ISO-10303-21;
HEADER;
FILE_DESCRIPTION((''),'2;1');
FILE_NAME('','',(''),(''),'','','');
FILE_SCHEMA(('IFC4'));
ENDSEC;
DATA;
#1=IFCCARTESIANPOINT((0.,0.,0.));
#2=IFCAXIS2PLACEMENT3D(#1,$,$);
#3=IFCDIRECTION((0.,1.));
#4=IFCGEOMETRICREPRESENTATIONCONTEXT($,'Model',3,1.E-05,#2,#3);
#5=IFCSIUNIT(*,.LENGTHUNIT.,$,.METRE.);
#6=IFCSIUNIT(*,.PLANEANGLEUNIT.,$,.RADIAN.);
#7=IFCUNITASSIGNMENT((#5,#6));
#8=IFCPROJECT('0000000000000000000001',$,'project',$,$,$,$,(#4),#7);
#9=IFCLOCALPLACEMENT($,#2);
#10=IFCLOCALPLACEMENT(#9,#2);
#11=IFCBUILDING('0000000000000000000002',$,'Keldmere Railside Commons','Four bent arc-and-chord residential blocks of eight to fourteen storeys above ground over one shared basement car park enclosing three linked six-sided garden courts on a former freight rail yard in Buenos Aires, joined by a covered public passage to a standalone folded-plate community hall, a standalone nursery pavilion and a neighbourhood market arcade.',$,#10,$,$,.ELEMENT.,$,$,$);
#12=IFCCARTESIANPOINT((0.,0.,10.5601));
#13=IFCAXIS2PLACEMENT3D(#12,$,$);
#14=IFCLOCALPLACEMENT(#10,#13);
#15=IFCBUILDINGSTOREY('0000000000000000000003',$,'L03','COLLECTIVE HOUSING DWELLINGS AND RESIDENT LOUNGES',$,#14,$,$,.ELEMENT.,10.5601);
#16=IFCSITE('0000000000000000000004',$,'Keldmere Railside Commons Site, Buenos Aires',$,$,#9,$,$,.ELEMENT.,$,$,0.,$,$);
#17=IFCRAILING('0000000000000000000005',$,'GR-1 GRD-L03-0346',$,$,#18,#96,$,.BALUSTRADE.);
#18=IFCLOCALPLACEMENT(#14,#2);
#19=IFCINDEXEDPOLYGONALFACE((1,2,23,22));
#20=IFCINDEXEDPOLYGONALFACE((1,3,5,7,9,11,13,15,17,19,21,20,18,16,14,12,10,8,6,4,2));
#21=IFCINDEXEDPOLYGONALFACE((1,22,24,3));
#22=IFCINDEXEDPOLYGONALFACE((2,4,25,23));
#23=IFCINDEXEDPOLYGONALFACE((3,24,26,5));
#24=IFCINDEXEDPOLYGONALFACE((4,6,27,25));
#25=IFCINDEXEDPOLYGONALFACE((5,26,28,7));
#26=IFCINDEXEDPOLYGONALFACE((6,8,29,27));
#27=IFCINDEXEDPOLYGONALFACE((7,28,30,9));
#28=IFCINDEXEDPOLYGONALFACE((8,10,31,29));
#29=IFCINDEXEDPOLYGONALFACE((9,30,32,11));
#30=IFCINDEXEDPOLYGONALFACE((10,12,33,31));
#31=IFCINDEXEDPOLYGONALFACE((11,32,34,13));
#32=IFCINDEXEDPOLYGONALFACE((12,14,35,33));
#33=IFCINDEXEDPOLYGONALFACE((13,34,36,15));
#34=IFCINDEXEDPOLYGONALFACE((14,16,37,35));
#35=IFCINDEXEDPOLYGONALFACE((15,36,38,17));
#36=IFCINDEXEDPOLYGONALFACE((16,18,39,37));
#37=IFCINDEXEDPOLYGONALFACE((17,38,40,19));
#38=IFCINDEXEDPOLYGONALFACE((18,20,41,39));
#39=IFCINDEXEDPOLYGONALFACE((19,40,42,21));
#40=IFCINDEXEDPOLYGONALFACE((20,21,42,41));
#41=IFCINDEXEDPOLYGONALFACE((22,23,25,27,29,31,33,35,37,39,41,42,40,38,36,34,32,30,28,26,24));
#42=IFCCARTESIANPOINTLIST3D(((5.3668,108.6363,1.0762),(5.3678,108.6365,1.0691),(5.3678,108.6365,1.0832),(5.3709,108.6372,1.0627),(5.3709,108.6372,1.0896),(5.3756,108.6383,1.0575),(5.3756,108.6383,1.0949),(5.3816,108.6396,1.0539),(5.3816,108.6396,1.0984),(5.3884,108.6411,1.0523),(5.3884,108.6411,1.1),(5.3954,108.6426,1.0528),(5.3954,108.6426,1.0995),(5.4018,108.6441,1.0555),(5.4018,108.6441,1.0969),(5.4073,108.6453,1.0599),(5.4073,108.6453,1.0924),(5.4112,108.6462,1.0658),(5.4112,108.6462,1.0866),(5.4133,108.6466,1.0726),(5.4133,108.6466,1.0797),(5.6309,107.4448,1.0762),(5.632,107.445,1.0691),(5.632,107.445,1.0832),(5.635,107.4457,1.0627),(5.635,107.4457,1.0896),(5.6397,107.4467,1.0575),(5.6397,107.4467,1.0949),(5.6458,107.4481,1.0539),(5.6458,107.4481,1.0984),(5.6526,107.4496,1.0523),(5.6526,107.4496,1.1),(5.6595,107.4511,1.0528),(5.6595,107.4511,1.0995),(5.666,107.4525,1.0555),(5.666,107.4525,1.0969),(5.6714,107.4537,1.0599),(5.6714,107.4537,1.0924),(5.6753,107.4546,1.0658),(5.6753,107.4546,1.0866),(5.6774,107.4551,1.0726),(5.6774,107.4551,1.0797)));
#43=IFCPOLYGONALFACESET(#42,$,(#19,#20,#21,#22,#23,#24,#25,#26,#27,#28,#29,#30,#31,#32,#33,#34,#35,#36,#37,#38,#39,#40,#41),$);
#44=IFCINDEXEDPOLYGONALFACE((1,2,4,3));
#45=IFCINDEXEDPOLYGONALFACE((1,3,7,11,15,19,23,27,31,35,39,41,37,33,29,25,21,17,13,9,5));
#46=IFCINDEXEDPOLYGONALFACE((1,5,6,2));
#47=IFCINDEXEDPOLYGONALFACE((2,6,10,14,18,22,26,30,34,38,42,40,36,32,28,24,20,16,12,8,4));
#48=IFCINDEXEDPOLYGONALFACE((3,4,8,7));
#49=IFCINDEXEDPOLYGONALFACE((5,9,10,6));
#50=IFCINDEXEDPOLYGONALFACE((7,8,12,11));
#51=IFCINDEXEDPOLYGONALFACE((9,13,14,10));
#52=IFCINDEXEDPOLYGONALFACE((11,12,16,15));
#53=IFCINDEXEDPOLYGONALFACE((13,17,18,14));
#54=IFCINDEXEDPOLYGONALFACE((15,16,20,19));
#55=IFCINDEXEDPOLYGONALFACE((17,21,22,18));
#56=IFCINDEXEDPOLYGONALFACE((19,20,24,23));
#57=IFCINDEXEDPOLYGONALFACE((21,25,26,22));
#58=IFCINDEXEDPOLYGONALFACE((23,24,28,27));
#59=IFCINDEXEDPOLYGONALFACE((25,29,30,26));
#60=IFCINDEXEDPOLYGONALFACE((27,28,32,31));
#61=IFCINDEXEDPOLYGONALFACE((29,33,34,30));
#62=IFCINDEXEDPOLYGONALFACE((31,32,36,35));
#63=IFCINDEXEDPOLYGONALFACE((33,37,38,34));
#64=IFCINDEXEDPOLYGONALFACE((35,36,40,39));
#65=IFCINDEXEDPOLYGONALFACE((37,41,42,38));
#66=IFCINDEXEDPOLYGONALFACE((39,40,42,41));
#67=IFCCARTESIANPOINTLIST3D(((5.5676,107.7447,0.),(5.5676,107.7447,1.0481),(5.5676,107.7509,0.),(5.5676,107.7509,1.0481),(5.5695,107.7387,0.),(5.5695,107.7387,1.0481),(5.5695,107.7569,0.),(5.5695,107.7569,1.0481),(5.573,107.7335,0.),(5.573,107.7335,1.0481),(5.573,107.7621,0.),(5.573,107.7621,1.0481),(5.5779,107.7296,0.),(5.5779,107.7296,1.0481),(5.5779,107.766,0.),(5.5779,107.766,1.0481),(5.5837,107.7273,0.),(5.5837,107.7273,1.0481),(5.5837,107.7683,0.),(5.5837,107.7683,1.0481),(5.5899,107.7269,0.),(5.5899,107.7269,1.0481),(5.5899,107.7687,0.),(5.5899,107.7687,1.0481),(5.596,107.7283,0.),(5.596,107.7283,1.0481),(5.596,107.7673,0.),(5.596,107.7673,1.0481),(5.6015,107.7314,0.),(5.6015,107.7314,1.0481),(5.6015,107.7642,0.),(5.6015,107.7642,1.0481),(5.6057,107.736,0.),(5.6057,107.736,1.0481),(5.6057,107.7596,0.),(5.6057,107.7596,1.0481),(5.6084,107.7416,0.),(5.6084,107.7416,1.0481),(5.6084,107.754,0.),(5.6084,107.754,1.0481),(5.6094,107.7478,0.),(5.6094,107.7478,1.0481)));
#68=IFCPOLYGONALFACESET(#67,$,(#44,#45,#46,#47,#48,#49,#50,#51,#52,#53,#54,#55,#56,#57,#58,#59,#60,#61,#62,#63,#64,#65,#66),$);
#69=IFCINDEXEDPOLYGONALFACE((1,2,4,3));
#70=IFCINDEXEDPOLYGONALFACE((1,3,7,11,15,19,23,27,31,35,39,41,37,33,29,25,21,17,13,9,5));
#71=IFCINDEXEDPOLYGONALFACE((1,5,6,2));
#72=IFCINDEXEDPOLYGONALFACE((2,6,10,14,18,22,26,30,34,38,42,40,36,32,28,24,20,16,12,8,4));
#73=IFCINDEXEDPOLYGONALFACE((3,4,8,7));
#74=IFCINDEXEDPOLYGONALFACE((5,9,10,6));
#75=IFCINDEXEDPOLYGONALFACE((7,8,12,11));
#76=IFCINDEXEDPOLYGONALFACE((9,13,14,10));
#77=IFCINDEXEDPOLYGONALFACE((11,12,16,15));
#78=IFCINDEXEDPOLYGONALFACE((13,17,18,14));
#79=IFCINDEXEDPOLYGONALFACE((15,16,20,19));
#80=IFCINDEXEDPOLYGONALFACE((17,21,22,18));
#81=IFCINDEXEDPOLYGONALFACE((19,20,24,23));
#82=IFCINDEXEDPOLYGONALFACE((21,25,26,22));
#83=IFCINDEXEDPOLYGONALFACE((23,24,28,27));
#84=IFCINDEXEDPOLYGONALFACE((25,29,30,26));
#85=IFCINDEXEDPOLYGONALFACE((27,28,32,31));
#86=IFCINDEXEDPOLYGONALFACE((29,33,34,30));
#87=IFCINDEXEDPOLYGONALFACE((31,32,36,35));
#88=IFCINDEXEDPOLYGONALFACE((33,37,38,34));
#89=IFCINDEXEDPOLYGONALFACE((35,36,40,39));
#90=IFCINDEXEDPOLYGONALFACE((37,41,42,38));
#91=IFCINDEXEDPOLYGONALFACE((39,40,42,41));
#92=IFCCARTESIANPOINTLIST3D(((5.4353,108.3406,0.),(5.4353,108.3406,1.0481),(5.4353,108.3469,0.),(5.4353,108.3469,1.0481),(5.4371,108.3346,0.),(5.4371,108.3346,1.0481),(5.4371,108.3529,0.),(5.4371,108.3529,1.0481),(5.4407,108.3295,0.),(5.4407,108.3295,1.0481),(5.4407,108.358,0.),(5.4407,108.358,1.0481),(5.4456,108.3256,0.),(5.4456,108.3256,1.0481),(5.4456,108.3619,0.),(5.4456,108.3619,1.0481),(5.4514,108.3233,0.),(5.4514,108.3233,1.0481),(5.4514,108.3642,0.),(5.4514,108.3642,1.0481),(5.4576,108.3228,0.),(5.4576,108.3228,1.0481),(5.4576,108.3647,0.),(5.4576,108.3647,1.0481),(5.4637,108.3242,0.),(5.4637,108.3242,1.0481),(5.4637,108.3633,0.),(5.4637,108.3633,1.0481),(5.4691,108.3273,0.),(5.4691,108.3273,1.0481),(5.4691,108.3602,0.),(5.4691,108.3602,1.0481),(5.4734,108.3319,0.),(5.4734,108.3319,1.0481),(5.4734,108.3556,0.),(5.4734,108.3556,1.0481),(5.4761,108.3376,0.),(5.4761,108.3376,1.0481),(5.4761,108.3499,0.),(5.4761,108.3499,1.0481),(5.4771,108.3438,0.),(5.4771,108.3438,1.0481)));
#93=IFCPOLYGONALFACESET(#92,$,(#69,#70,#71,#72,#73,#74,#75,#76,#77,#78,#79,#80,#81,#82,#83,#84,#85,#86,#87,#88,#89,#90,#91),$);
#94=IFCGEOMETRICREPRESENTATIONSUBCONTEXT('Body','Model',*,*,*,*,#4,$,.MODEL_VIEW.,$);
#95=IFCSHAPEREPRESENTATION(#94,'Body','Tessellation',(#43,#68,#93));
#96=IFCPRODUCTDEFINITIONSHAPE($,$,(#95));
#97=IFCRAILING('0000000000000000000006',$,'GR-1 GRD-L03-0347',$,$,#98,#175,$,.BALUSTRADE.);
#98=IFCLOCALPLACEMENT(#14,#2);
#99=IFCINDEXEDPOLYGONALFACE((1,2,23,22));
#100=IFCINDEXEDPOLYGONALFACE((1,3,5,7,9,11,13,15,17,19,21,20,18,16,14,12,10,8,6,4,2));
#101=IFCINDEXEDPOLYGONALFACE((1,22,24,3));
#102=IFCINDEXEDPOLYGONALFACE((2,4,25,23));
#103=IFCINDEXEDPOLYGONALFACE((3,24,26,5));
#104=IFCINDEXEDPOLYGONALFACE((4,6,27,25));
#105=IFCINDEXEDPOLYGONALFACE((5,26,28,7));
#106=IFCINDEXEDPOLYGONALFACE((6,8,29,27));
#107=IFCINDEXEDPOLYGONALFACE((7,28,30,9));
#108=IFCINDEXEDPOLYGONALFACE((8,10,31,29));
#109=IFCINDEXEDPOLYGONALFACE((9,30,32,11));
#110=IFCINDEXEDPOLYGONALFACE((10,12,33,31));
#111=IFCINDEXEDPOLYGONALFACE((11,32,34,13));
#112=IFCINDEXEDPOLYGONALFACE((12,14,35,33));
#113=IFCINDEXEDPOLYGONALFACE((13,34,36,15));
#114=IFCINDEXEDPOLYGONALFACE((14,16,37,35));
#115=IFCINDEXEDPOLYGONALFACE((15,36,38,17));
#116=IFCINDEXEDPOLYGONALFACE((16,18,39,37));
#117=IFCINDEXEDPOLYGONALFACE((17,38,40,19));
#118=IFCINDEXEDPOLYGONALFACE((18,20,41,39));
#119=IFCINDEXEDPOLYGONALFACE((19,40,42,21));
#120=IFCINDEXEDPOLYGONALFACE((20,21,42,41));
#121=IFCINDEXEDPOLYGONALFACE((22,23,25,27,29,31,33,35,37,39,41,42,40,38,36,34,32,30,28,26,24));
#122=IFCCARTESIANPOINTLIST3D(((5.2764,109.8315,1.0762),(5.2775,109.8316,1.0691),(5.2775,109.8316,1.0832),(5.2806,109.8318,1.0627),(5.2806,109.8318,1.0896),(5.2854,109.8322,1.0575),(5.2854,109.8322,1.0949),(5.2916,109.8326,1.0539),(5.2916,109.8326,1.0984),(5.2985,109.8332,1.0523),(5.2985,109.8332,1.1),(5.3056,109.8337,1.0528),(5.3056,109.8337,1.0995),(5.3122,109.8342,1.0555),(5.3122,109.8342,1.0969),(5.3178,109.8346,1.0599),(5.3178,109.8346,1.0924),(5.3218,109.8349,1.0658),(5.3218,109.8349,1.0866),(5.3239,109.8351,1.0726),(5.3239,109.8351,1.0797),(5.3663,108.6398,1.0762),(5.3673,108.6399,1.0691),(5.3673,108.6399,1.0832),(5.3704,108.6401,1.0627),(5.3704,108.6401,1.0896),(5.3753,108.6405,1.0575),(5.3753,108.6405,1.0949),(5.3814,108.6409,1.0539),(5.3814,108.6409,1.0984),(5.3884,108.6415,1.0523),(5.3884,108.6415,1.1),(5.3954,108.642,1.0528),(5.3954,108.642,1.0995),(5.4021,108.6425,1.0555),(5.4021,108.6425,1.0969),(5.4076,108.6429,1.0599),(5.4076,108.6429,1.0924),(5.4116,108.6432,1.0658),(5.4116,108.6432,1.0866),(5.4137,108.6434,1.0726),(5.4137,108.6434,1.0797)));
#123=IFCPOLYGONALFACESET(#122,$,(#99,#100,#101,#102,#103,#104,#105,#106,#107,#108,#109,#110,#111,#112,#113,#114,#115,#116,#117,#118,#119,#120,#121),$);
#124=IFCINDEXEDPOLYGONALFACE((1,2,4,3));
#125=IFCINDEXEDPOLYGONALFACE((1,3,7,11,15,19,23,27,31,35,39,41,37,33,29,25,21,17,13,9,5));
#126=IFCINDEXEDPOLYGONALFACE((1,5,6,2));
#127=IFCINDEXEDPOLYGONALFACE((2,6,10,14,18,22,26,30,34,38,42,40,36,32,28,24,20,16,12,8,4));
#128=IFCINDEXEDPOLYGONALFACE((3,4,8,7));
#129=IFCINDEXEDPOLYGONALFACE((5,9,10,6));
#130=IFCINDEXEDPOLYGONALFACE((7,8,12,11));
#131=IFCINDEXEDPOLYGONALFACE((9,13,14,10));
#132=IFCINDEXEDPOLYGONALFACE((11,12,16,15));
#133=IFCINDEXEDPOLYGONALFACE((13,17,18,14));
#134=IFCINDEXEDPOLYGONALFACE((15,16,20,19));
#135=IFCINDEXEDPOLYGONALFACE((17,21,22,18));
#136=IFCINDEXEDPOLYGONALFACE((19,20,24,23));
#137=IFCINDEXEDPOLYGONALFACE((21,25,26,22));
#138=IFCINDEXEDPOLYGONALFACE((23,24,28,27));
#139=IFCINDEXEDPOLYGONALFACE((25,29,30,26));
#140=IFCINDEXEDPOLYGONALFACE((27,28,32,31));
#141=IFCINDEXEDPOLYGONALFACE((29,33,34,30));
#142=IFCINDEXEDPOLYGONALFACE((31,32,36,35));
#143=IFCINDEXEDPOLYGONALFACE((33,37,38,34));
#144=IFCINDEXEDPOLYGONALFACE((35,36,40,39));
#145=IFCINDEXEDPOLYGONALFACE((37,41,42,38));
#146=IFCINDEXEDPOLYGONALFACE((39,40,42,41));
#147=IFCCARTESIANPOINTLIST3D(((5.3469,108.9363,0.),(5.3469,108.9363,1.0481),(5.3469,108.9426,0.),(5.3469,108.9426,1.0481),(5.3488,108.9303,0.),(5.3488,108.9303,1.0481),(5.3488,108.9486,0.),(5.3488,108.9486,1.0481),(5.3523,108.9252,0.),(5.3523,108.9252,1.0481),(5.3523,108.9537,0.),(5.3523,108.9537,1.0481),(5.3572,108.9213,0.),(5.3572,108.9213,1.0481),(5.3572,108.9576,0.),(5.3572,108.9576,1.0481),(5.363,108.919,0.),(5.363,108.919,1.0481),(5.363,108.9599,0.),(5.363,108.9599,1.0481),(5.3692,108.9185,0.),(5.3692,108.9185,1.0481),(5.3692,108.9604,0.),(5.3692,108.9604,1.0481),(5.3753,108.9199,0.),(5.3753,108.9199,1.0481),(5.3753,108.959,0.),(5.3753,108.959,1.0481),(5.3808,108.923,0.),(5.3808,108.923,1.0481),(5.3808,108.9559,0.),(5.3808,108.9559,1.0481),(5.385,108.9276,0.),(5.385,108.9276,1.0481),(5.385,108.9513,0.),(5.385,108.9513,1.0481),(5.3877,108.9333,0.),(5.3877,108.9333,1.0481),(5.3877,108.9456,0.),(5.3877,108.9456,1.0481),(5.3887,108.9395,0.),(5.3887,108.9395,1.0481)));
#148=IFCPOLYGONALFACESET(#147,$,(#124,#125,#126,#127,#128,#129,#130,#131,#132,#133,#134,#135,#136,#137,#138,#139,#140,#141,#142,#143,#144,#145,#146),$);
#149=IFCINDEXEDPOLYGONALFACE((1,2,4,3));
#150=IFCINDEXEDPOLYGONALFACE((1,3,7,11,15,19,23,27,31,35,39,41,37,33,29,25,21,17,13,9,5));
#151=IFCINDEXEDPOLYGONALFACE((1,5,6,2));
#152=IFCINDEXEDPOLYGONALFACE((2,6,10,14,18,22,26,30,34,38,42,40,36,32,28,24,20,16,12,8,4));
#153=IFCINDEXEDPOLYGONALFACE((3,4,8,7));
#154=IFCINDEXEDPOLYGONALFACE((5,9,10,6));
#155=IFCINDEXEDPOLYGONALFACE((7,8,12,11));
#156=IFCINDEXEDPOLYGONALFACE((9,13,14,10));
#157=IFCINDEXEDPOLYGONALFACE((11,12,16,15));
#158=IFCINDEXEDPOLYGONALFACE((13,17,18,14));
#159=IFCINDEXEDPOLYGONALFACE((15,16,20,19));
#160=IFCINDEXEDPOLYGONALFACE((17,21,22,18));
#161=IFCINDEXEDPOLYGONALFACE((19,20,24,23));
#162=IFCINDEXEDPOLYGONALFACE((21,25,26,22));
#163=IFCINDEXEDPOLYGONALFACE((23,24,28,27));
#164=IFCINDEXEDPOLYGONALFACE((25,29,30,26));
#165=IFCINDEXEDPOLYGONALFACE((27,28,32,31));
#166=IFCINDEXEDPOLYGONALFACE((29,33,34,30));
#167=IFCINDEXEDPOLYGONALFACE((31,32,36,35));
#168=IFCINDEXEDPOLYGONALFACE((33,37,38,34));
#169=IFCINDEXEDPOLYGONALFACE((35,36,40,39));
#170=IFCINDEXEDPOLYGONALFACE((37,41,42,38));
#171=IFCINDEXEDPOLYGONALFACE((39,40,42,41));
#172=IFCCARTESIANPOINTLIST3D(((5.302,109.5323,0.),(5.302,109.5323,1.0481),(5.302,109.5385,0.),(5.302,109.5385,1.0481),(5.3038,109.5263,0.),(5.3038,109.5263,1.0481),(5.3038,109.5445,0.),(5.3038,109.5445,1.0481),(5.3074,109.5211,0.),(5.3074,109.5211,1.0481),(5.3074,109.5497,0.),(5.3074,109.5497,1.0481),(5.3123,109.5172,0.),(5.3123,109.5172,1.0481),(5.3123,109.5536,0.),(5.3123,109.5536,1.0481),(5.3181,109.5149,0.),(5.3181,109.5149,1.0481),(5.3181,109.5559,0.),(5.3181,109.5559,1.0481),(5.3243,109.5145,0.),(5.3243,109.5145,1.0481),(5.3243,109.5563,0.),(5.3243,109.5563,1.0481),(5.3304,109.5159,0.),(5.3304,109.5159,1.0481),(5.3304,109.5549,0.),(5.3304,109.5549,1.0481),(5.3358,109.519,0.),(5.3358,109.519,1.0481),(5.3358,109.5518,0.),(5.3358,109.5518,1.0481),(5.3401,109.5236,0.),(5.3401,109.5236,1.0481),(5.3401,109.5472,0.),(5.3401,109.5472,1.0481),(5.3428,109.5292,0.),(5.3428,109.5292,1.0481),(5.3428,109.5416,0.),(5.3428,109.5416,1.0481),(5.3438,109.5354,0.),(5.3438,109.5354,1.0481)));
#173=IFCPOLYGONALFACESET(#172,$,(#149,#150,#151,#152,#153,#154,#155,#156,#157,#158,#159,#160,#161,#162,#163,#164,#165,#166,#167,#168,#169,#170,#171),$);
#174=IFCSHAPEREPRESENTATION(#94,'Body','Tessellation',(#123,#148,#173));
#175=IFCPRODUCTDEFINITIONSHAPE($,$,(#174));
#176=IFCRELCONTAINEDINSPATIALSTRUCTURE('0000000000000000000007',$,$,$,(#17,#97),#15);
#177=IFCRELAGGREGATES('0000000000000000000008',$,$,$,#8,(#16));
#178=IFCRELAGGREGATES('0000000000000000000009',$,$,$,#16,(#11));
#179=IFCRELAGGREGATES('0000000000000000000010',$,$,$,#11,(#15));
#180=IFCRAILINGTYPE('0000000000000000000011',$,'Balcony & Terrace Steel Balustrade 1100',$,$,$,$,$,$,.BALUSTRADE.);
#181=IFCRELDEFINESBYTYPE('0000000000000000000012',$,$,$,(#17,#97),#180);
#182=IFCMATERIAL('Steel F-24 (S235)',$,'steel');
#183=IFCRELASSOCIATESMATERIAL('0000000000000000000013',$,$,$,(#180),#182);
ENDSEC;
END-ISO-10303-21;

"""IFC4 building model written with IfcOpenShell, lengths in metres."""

from ifc_helpers import new_model, si_unit, direction, frame, origin, origin_2d, place, context, subcontext, project, spatial, circle, extrude, material, type_object, element, save


model = new_model("IFC4")

# Units and contexts
model_context = context("Model", 3, precision=1e-05, world=origin(), true_north=direction((0.0, 1.0)))
body_context = subcontext(model_context, "Body", "Model", "MODEL_VIEW")
ifc_project = project(units=[si_unit("LENGTHUNIT", "METRE"), si_unit("PLANEANGLEUNIT", "RADIAN")], contexts=[model_context])

# Site, building, storey
site_placement = place(None, origin())
site = spatial("IfcSite", under=ifc_project, at=site_placement, Name="Keldmere Railside Commons Site, Buenos Aires", CompositionType="ELEMENT", RefElevation=0.0)
building_placement = place(site_placement, origin())
building = spatial("IfcBuilding", under=site, at=building_placement, Name="Keldmere Railside Commons", Description="Four bent arc-and-chord residential blocks of eight to fourteen storeys above ground over one shared basement car park enclosing three linked six-sided garden courts on a former freight rail yard in Buenos Aires, joined by a covered public passage to a standalone folded-plate community hall, a standalone nursery pavilion and a neighbourhood market arcade.", CompositionType="ELEMENT")
storey_placement = place(building_placement, frame((0.0, 0.0, 10.5601)))
storey = spatial("IfcBuildingStorey", under=building, at=storey_placement, Name="L03", Description="COLLECTIVE HOUSING DWELLINGS AND RESIDENT LOUNGES", CompositionType="ELEMENT", Elevation=10.5601)

# Railings
ifc_material_1 = material(Name="Steel F-24 (S235)", Category="steel")
railing_type = type_object("IfcRailingType", Name="Balcony & Terrace Steel Balustrade 1100", PredefinedType="BALUSTRADE", material=ifc_material_1)
railing_1_placement = place(storey_placement, frame((5.6543, 107.45, 0.0)))
element("IfcRailing", 1, at=railing_1_placement, inside=storey, type_object=railing_type, Name="GR-1 GRD-L03-0346", PredefinedType="BALUSTRADE", context=body_context, shape_type="SweptSolid", body=[
    extrude(circle(Radius=0.0239, at=origin_2d()), frame((0.0, 0.0, 1.0762), z_axis=(-0.216422, 0.9763, 0.0), x_axis=(-0.9763, -0.216422, 0.0)), (0.0, 0.0, 1.0), 1.2205),
    extrude(circle(Radius=0.021, at=origin_2d()), frame((-0.0659, 0.2979, 0.0)), (0.0, 0.0, 1.0), 1.0481),
    extrude(circle(Radius=0.021, at=origin_2d()), frame((-0.1982, 0.8938, 0.0)), (0.0, 0.0, 1.0), 1.0481),
])
railing_2_placement = place(storey_placement, frame((5.3901, 108.6416, 0.0)))
element("IfcRailing", 2, at=railing_2_placement, inside=storey, type_object=railing_type, Name="GR-1 GRD-L03-0347", PredefinedType="BALUSTRADE", context=body_context, shape_type="SweptSolid", body=[
    extrude(circle(Radius=0.0239, at=origin_2d()), frame((0.0, 0.0, 1.0762), z_axis=(-0.075181, 0.99717, 0.0), x_axis=(-0.99717, -0.075181, 0.0)), (0.0, 0.0, 1.0), 1.1951),
    extrude(circle(Radius=0.021, at=origin_2d()), frame((-0.0225, 0.2979, 0.0)), (0.0, 0.0, 1.0), 1.0481),
    extrude(circle(Radius=0.021, at=origin_2d()), frame((-0.0674, 0.8938, 0.0)), (0.0, 0.0, 1.0), 1.0481),
])

save(model, "model.ifc")
